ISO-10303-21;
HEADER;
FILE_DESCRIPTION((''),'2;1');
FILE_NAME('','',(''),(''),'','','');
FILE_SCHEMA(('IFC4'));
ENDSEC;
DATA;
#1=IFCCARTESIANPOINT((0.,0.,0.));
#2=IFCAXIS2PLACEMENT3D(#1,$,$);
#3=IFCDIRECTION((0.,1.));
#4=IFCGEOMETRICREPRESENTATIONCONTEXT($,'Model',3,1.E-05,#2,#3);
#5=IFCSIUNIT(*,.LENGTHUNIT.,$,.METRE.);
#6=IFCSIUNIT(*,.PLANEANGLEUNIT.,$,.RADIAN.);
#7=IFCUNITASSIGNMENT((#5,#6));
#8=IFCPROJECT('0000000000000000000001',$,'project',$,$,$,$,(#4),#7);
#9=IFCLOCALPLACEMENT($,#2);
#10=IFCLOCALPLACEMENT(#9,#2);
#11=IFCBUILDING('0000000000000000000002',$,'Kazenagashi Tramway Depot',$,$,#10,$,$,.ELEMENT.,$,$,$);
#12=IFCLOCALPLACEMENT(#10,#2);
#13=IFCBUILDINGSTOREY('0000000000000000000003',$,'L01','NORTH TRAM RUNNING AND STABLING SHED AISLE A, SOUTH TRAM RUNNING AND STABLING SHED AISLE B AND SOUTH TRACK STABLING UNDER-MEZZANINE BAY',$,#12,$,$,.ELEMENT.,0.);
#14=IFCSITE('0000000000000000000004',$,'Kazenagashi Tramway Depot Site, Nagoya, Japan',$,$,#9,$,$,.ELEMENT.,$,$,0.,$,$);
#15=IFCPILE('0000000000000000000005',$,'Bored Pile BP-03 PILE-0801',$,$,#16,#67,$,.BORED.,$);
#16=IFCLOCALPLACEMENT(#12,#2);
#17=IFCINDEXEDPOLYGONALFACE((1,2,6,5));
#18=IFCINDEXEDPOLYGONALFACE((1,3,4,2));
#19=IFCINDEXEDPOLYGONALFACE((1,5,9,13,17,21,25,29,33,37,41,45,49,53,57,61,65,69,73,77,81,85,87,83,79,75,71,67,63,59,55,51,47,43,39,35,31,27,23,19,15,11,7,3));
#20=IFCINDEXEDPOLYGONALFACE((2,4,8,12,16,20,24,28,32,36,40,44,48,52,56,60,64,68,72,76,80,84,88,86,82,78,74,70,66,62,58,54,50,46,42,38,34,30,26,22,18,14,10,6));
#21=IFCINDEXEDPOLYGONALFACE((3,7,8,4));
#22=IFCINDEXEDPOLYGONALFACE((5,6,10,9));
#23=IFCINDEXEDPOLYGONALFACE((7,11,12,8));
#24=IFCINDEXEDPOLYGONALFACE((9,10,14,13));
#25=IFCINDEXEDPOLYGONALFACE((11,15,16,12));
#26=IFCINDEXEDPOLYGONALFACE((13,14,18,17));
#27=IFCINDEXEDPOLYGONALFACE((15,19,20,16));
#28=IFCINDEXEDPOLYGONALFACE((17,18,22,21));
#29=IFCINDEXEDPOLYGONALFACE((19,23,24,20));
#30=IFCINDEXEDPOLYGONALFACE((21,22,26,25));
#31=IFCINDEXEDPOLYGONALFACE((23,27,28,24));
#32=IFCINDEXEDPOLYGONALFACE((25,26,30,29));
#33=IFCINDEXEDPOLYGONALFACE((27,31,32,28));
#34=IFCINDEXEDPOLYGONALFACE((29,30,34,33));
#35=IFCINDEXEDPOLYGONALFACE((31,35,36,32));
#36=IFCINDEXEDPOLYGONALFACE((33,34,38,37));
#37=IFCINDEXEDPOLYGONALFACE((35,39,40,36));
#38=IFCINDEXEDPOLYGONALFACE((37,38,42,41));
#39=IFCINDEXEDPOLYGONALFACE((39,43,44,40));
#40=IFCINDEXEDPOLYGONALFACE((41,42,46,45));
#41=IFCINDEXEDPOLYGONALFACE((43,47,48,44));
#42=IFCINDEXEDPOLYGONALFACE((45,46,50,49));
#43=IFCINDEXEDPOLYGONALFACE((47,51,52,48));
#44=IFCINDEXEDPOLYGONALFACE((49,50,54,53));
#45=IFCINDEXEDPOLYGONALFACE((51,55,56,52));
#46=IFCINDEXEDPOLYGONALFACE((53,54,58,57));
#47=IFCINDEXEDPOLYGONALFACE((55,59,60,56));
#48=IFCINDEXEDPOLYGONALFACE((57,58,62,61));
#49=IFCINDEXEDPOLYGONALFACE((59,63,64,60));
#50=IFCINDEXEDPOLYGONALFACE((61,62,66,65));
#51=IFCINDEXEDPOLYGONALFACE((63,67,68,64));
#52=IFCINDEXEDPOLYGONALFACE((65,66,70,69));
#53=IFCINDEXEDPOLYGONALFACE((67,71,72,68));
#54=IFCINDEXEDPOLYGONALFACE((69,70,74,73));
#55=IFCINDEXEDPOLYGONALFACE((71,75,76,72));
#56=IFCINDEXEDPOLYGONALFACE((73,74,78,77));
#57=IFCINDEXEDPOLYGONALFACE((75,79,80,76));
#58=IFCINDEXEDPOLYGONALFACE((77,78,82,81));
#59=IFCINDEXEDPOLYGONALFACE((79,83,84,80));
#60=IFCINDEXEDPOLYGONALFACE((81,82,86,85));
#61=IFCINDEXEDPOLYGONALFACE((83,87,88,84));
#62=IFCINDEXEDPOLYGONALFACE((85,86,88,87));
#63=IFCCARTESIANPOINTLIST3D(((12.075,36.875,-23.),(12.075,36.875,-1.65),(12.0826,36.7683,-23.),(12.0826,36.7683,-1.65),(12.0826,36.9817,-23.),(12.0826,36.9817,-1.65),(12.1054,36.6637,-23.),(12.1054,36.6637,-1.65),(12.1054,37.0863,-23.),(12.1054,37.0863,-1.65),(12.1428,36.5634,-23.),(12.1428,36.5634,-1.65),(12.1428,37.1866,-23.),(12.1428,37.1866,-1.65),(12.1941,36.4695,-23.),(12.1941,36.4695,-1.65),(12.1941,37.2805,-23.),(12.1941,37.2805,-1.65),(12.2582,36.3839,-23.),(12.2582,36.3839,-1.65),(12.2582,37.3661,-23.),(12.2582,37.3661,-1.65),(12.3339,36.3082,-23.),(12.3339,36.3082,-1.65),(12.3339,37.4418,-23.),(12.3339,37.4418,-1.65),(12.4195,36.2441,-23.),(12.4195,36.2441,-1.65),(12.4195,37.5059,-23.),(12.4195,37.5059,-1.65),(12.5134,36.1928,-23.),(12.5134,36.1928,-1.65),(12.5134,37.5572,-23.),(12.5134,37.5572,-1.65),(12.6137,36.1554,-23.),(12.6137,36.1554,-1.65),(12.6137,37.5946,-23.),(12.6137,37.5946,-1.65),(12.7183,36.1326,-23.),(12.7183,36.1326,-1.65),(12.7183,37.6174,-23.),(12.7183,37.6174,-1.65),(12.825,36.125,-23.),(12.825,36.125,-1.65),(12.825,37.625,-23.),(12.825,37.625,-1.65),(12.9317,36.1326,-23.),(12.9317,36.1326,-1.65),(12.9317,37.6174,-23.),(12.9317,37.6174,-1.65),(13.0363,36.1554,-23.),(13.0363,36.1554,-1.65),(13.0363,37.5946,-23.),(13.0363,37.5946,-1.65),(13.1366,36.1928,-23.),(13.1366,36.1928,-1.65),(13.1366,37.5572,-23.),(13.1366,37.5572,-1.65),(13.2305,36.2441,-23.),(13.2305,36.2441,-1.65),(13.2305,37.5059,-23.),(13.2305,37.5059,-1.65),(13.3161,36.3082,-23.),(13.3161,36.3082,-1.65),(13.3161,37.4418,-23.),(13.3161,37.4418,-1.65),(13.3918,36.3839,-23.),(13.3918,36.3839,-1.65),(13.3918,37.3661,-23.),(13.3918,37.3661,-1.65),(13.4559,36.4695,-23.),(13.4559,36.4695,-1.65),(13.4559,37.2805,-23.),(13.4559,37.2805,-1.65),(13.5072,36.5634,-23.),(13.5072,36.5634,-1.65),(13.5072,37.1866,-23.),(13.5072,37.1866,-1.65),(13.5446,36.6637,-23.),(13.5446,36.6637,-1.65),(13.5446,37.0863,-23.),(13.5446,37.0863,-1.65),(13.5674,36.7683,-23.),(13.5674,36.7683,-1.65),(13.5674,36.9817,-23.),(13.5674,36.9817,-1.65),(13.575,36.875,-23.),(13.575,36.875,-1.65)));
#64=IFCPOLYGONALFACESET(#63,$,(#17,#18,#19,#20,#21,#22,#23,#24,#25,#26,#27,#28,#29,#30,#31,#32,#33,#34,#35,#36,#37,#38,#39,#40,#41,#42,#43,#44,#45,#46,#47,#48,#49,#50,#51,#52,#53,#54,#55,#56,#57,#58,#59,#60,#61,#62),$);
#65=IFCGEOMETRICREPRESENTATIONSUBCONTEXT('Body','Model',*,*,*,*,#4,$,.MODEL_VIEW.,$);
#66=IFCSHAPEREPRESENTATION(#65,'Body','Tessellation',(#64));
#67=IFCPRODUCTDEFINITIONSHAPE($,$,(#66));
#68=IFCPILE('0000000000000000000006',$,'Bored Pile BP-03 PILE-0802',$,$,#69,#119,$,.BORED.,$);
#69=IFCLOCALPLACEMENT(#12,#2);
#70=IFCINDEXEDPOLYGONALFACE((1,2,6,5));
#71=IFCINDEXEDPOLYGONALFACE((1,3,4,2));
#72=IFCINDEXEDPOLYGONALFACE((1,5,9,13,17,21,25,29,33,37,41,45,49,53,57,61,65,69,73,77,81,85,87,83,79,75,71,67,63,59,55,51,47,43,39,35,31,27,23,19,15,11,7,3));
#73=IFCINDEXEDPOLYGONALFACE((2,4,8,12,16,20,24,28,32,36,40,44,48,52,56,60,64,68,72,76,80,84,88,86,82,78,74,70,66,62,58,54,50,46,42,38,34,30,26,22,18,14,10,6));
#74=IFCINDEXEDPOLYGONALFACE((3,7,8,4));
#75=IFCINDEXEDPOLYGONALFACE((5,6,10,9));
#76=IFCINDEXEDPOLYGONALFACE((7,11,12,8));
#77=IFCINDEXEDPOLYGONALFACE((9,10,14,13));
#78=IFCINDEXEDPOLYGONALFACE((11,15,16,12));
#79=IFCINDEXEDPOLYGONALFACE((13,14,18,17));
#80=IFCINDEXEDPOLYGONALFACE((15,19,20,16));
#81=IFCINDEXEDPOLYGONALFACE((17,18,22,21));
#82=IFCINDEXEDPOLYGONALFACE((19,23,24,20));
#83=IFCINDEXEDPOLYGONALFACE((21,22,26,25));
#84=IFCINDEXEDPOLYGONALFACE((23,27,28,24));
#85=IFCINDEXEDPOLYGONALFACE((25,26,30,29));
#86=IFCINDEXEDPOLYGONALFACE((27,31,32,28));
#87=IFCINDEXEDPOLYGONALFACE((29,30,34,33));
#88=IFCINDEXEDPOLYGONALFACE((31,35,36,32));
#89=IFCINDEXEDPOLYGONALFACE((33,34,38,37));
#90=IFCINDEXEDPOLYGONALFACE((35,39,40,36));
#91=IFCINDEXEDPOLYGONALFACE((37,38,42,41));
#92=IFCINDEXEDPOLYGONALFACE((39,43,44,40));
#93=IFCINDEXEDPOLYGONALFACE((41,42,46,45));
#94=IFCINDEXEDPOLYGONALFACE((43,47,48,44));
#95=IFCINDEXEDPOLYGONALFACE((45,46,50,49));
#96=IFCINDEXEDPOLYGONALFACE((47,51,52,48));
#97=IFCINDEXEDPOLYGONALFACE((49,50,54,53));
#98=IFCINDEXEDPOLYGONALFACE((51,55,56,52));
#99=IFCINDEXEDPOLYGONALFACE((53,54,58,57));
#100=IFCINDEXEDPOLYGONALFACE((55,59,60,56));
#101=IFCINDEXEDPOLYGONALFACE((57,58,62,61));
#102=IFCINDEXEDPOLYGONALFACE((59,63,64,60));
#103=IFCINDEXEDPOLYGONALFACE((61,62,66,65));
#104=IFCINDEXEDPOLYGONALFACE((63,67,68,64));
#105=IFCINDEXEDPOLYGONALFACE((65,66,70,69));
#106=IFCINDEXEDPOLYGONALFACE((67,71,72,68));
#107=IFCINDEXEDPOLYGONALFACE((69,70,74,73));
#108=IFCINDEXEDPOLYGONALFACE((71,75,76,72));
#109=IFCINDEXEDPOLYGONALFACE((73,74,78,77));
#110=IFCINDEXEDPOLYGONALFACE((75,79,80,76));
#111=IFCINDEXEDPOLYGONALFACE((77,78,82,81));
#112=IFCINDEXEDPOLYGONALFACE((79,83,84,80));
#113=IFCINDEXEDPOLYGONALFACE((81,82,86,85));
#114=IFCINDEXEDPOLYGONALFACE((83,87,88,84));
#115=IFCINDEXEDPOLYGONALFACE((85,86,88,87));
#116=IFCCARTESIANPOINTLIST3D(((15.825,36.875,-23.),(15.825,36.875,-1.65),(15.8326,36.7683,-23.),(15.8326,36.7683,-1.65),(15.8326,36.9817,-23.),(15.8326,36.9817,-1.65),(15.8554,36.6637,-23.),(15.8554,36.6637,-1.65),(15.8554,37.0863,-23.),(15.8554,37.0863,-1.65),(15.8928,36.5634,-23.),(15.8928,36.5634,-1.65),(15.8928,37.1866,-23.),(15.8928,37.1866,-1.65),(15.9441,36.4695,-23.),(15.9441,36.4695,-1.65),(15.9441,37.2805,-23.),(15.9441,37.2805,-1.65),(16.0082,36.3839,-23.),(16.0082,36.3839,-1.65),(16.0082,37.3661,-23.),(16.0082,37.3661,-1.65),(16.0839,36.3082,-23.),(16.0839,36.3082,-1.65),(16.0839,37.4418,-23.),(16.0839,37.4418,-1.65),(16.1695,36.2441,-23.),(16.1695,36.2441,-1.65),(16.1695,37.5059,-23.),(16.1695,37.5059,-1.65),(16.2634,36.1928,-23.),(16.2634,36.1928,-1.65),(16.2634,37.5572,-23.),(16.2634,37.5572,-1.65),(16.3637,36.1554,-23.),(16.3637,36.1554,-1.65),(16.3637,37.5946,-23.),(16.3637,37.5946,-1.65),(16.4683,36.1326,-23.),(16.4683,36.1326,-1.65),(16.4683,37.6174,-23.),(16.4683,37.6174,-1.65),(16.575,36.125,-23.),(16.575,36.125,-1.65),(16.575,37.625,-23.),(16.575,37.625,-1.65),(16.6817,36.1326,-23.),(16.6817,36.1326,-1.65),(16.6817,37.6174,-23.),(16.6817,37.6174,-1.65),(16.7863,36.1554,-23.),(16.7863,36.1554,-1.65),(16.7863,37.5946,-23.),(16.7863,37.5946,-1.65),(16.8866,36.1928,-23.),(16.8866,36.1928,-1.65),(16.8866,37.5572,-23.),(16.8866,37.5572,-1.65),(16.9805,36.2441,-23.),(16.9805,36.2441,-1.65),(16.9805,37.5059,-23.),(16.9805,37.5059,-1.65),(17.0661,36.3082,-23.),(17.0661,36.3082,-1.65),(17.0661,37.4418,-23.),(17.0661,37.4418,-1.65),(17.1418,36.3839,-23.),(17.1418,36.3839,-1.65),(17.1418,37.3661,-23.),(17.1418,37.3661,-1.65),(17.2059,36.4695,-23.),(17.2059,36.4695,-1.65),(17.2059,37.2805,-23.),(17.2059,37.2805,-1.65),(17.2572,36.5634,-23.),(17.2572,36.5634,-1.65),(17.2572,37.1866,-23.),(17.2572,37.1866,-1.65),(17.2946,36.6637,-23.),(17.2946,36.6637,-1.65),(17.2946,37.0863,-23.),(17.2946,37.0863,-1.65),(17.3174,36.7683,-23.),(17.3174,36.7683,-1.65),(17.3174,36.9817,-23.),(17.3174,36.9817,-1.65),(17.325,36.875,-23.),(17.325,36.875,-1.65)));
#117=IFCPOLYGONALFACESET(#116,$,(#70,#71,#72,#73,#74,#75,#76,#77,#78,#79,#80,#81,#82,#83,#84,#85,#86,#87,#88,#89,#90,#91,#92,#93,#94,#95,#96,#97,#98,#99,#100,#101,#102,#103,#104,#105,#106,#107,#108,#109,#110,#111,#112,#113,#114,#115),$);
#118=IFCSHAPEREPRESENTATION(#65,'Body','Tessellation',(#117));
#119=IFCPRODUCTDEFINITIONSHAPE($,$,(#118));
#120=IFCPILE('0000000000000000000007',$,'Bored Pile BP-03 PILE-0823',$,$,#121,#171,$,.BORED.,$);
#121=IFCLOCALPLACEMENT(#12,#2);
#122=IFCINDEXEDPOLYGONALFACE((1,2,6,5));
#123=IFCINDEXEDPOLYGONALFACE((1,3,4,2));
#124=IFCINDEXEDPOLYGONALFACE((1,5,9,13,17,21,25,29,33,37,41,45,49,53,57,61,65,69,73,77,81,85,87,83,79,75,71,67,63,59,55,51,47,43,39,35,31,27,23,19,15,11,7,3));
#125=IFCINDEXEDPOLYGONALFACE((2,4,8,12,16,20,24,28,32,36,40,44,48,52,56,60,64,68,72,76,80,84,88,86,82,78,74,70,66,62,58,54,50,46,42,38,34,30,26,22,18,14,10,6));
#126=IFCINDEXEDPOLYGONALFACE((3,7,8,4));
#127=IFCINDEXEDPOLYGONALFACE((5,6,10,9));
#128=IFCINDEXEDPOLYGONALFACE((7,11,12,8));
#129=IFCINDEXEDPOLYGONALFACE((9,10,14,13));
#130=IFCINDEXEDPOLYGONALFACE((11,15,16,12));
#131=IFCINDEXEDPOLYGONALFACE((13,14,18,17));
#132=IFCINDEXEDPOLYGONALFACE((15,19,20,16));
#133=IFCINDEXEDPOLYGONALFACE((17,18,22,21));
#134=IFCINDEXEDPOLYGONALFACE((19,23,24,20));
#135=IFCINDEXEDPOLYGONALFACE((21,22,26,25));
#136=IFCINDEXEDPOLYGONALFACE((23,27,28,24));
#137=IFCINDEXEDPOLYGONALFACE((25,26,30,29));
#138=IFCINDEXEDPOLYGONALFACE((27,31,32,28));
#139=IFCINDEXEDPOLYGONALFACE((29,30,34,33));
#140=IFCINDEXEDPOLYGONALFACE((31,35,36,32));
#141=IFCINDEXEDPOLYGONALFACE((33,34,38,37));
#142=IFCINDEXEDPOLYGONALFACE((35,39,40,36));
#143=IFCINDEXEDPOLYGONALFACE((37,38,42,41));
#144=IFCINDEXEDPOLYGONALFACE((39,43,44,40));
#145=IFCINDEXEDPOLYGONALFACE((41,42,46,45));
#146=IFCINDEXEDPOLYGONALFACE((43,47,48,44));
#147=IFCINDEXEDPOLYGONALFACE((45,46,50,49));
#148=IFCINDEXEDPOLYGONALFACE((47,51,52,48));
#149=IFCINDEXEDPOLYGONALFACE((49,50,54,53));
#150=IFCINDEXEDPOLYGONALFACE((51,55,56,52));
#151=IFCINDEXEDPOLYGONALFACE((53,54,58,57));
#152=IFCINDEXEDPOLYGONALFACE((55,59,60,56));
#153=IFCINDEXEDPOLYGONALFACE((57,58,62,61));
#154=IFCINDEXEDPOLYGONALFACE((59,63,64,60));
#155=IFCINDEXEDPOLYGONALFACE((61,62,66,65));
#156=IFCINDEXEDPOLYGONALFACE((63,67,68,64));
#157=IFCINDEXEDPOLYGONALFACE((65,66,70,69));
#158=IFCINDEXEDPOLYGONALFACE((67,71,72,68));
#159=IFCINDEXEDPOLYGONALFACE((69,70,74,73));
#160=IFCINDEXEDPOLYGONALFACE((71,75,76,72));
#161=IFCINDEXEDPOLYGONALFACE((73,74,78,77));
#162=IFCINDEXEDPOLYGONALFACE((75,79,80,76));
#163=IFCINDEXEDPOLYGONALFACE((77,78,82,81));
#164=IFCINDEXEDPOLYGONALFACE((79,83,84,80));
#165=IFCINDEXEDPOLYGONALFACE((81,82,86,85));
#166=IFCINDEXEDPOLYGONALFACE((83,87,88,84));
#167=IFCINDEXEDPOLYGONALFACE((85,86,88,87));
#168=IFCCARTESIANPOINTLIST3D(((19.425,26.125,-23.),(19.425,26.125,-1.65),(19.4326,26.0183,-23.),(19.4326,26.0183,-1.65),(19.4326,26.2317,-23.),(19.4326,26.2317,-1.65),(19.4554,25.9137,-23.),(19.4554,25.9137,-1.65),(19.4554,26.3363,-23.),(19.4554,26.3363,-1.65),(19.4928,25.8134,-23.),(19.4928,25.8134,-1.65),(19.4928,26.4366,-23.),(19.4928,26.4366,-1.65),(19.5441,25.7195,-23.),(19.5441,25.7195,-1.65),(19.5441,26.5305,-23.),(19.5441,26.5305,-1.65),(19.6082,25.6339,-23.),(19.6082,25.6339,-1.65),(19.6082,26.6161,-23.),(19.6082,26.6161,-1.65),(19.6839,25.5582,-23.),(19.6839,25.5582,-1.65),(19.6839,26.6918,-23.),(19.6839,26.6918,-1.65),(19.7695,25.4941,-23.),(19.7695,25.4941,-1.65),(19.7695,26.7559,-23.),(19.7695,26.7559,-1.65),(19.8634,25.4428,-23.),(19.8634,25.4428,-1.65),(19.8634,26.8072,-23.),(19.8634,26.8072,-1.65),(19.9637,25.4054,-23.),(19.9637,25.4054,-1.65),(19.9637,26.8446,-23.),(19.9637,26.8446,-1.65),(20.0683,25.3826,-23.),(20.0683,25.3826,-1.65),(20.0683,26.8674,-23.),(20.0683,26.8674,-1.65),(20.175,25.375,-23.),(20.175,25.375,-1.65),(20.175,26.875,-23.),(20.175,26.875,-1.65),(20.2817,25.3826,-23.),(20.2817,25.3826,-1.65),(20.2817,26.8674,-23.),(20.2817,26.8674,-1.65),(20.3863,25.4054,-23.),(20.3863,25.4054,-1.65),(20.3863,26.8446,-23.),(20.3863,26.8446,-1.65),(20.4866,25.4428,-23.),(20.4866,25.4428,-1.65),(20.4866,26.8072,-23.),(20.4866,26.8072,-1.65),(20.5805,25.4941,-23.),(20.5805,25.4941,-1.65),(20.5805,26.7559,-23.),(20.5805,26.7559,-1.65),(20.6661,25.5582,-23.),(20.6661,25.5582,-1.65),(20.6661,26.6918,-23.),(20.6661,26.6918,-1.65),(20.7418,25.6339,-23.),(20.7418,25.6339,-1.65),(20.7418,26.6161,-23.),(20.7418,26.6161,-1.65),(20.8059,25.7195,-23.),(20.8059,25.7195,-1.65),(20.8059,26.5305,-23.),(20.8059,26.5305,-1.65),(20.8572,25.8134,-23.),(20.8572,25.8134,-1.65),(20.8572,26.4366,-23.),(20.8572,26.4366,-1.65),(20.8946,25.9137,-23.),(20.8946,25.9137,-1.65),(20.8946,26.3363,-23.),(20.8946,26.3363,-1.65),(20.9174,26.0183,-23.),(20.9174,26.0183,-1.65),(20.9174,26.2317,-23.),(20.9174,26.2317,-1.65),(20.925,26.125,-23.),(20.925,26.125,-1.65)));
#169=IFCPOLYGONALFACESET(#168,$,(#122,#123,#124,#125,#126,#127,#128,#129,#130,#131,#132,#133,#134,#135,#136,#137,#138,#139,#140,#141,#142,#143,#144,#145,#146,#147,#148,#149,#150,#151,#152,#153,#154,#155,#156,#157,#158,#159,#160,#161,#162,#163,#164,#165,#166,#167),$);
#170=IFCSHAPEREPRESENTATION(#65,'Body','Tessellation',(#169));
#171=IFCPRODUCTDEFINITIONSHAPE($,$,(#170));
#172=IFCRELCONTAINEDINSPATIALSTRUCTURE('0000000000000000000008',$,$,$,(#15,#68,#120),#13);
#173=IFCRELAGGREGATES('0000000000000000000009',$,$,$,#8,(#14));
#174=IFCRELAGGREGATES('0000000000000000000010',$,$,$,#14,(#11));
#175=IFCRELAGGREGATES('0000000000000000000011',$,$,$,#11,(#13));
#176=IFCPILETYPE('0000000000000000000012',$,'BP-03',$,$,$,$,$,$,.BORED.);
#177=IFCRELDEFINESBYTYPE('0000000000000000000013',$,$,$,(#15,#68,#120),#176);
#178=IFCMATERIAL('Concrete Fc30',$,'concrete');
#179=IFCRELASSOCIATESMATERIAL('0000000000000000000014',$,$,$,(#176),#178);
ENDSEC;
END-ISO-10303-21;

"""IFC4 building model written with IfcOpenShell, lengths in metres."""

from ifc_helpers import new_model, si_unit, direction, frame, origin, origin_2d, place, context, subcontext, project, spatial, circle, extrude, material, material_profile, profile_set, type_object, element, save


model = new_model("IFC4")

# Units and contexts
model_context = context("Model", 3, precision=1e-05, world=origin(), true_north=direction((0.0, 1.0)))
body_context = subcontext(model_context, "Body", "Model", "MODEL_VIEW")
ifc_project = project(units=[si_unit("LENGTHUNIT", "METRE"), si_unit("PLANEANGLEUNIT", "RADIAN")], contexts=[model_context])

# Site, building, storey
site_placement = place(None, origin())
site = spatial("IfcSite", under=ifc_project, at=site_placement, Name="Kazenagashi Tramway Depot Site, Nagoya, Japan", CompositionType="ELEMENT", RefElevation=0.0)
building_placement = place(site_placement, origin())
building = spatial("IfcBuilding", under=site, at=building_placement, Name="Kazenagashi Tramway Depot", CompositionType="ELEMENT")
storey_placement = place(building_placement, origin())
storey = spatial("IfcBuildingStorey", under=building, at=storey_placement, Name="L01", Description="NORTH TRAM RUNNING AND STABLING SHED AISLE A, SOUTH TRAM RUNNING AND STABLING SHED AISLE B AND SOUTH TRACK STABLING UNDER-MEZZANINE BAY", CompositionType="ELEMENT", Elevation=0.0)

# Piles
ifc_material_1 = material(Name="Concrete Fc30", Category="concrete")
ifc_material_profile_1 = material_profile(ifc_material_1, circle(Radius=0.75, at=origin_2d()), Name="PILE-1500")
ifc_profile_set_1 = profile_set([ifc_material_profile_1], Name="Concrete Fc30")
pile_type = type_object("IfcPileType", Name="BP-03", PredefinedType="BORED", material=ifc_profile_set_1)
for number, where, z_axis, x_axis, name in (
    (1, (12.825, 36.875, -1.65), (0.0, 0.0, -1.0), (1.0, 0.0, 0.0), "Bored Pile BP-03 PILE-0801"),
    (2, (16.575, 36.875, -1.65), (0.0, 0.0, -1.0), (1.0, 0.0, 0.0), "Bored Pile BP-03 PILE-0802"),
    (3, (20.175, 26.125, -1.65), (0.0, 0.0, -1.0), (1.0, 0.0, 0.0), "Bored Pile BP-03 PILE-0823"),
):
    element("IfcPile", number, at=place(storey_placement, frame(where, z_axis=z_axis, x_axis=x_axis)), inside=storey, type_object=pile_type, Name=name, PredefinedType="BORED", context=body_context, shape_type="SweptSolid", body=[
        extrude(circle(Radius=0.75, at=origin_2d()), origin(), (0.0, 0.0, 1.0), 21.35),
    ])

save(model, "model.ifc")
